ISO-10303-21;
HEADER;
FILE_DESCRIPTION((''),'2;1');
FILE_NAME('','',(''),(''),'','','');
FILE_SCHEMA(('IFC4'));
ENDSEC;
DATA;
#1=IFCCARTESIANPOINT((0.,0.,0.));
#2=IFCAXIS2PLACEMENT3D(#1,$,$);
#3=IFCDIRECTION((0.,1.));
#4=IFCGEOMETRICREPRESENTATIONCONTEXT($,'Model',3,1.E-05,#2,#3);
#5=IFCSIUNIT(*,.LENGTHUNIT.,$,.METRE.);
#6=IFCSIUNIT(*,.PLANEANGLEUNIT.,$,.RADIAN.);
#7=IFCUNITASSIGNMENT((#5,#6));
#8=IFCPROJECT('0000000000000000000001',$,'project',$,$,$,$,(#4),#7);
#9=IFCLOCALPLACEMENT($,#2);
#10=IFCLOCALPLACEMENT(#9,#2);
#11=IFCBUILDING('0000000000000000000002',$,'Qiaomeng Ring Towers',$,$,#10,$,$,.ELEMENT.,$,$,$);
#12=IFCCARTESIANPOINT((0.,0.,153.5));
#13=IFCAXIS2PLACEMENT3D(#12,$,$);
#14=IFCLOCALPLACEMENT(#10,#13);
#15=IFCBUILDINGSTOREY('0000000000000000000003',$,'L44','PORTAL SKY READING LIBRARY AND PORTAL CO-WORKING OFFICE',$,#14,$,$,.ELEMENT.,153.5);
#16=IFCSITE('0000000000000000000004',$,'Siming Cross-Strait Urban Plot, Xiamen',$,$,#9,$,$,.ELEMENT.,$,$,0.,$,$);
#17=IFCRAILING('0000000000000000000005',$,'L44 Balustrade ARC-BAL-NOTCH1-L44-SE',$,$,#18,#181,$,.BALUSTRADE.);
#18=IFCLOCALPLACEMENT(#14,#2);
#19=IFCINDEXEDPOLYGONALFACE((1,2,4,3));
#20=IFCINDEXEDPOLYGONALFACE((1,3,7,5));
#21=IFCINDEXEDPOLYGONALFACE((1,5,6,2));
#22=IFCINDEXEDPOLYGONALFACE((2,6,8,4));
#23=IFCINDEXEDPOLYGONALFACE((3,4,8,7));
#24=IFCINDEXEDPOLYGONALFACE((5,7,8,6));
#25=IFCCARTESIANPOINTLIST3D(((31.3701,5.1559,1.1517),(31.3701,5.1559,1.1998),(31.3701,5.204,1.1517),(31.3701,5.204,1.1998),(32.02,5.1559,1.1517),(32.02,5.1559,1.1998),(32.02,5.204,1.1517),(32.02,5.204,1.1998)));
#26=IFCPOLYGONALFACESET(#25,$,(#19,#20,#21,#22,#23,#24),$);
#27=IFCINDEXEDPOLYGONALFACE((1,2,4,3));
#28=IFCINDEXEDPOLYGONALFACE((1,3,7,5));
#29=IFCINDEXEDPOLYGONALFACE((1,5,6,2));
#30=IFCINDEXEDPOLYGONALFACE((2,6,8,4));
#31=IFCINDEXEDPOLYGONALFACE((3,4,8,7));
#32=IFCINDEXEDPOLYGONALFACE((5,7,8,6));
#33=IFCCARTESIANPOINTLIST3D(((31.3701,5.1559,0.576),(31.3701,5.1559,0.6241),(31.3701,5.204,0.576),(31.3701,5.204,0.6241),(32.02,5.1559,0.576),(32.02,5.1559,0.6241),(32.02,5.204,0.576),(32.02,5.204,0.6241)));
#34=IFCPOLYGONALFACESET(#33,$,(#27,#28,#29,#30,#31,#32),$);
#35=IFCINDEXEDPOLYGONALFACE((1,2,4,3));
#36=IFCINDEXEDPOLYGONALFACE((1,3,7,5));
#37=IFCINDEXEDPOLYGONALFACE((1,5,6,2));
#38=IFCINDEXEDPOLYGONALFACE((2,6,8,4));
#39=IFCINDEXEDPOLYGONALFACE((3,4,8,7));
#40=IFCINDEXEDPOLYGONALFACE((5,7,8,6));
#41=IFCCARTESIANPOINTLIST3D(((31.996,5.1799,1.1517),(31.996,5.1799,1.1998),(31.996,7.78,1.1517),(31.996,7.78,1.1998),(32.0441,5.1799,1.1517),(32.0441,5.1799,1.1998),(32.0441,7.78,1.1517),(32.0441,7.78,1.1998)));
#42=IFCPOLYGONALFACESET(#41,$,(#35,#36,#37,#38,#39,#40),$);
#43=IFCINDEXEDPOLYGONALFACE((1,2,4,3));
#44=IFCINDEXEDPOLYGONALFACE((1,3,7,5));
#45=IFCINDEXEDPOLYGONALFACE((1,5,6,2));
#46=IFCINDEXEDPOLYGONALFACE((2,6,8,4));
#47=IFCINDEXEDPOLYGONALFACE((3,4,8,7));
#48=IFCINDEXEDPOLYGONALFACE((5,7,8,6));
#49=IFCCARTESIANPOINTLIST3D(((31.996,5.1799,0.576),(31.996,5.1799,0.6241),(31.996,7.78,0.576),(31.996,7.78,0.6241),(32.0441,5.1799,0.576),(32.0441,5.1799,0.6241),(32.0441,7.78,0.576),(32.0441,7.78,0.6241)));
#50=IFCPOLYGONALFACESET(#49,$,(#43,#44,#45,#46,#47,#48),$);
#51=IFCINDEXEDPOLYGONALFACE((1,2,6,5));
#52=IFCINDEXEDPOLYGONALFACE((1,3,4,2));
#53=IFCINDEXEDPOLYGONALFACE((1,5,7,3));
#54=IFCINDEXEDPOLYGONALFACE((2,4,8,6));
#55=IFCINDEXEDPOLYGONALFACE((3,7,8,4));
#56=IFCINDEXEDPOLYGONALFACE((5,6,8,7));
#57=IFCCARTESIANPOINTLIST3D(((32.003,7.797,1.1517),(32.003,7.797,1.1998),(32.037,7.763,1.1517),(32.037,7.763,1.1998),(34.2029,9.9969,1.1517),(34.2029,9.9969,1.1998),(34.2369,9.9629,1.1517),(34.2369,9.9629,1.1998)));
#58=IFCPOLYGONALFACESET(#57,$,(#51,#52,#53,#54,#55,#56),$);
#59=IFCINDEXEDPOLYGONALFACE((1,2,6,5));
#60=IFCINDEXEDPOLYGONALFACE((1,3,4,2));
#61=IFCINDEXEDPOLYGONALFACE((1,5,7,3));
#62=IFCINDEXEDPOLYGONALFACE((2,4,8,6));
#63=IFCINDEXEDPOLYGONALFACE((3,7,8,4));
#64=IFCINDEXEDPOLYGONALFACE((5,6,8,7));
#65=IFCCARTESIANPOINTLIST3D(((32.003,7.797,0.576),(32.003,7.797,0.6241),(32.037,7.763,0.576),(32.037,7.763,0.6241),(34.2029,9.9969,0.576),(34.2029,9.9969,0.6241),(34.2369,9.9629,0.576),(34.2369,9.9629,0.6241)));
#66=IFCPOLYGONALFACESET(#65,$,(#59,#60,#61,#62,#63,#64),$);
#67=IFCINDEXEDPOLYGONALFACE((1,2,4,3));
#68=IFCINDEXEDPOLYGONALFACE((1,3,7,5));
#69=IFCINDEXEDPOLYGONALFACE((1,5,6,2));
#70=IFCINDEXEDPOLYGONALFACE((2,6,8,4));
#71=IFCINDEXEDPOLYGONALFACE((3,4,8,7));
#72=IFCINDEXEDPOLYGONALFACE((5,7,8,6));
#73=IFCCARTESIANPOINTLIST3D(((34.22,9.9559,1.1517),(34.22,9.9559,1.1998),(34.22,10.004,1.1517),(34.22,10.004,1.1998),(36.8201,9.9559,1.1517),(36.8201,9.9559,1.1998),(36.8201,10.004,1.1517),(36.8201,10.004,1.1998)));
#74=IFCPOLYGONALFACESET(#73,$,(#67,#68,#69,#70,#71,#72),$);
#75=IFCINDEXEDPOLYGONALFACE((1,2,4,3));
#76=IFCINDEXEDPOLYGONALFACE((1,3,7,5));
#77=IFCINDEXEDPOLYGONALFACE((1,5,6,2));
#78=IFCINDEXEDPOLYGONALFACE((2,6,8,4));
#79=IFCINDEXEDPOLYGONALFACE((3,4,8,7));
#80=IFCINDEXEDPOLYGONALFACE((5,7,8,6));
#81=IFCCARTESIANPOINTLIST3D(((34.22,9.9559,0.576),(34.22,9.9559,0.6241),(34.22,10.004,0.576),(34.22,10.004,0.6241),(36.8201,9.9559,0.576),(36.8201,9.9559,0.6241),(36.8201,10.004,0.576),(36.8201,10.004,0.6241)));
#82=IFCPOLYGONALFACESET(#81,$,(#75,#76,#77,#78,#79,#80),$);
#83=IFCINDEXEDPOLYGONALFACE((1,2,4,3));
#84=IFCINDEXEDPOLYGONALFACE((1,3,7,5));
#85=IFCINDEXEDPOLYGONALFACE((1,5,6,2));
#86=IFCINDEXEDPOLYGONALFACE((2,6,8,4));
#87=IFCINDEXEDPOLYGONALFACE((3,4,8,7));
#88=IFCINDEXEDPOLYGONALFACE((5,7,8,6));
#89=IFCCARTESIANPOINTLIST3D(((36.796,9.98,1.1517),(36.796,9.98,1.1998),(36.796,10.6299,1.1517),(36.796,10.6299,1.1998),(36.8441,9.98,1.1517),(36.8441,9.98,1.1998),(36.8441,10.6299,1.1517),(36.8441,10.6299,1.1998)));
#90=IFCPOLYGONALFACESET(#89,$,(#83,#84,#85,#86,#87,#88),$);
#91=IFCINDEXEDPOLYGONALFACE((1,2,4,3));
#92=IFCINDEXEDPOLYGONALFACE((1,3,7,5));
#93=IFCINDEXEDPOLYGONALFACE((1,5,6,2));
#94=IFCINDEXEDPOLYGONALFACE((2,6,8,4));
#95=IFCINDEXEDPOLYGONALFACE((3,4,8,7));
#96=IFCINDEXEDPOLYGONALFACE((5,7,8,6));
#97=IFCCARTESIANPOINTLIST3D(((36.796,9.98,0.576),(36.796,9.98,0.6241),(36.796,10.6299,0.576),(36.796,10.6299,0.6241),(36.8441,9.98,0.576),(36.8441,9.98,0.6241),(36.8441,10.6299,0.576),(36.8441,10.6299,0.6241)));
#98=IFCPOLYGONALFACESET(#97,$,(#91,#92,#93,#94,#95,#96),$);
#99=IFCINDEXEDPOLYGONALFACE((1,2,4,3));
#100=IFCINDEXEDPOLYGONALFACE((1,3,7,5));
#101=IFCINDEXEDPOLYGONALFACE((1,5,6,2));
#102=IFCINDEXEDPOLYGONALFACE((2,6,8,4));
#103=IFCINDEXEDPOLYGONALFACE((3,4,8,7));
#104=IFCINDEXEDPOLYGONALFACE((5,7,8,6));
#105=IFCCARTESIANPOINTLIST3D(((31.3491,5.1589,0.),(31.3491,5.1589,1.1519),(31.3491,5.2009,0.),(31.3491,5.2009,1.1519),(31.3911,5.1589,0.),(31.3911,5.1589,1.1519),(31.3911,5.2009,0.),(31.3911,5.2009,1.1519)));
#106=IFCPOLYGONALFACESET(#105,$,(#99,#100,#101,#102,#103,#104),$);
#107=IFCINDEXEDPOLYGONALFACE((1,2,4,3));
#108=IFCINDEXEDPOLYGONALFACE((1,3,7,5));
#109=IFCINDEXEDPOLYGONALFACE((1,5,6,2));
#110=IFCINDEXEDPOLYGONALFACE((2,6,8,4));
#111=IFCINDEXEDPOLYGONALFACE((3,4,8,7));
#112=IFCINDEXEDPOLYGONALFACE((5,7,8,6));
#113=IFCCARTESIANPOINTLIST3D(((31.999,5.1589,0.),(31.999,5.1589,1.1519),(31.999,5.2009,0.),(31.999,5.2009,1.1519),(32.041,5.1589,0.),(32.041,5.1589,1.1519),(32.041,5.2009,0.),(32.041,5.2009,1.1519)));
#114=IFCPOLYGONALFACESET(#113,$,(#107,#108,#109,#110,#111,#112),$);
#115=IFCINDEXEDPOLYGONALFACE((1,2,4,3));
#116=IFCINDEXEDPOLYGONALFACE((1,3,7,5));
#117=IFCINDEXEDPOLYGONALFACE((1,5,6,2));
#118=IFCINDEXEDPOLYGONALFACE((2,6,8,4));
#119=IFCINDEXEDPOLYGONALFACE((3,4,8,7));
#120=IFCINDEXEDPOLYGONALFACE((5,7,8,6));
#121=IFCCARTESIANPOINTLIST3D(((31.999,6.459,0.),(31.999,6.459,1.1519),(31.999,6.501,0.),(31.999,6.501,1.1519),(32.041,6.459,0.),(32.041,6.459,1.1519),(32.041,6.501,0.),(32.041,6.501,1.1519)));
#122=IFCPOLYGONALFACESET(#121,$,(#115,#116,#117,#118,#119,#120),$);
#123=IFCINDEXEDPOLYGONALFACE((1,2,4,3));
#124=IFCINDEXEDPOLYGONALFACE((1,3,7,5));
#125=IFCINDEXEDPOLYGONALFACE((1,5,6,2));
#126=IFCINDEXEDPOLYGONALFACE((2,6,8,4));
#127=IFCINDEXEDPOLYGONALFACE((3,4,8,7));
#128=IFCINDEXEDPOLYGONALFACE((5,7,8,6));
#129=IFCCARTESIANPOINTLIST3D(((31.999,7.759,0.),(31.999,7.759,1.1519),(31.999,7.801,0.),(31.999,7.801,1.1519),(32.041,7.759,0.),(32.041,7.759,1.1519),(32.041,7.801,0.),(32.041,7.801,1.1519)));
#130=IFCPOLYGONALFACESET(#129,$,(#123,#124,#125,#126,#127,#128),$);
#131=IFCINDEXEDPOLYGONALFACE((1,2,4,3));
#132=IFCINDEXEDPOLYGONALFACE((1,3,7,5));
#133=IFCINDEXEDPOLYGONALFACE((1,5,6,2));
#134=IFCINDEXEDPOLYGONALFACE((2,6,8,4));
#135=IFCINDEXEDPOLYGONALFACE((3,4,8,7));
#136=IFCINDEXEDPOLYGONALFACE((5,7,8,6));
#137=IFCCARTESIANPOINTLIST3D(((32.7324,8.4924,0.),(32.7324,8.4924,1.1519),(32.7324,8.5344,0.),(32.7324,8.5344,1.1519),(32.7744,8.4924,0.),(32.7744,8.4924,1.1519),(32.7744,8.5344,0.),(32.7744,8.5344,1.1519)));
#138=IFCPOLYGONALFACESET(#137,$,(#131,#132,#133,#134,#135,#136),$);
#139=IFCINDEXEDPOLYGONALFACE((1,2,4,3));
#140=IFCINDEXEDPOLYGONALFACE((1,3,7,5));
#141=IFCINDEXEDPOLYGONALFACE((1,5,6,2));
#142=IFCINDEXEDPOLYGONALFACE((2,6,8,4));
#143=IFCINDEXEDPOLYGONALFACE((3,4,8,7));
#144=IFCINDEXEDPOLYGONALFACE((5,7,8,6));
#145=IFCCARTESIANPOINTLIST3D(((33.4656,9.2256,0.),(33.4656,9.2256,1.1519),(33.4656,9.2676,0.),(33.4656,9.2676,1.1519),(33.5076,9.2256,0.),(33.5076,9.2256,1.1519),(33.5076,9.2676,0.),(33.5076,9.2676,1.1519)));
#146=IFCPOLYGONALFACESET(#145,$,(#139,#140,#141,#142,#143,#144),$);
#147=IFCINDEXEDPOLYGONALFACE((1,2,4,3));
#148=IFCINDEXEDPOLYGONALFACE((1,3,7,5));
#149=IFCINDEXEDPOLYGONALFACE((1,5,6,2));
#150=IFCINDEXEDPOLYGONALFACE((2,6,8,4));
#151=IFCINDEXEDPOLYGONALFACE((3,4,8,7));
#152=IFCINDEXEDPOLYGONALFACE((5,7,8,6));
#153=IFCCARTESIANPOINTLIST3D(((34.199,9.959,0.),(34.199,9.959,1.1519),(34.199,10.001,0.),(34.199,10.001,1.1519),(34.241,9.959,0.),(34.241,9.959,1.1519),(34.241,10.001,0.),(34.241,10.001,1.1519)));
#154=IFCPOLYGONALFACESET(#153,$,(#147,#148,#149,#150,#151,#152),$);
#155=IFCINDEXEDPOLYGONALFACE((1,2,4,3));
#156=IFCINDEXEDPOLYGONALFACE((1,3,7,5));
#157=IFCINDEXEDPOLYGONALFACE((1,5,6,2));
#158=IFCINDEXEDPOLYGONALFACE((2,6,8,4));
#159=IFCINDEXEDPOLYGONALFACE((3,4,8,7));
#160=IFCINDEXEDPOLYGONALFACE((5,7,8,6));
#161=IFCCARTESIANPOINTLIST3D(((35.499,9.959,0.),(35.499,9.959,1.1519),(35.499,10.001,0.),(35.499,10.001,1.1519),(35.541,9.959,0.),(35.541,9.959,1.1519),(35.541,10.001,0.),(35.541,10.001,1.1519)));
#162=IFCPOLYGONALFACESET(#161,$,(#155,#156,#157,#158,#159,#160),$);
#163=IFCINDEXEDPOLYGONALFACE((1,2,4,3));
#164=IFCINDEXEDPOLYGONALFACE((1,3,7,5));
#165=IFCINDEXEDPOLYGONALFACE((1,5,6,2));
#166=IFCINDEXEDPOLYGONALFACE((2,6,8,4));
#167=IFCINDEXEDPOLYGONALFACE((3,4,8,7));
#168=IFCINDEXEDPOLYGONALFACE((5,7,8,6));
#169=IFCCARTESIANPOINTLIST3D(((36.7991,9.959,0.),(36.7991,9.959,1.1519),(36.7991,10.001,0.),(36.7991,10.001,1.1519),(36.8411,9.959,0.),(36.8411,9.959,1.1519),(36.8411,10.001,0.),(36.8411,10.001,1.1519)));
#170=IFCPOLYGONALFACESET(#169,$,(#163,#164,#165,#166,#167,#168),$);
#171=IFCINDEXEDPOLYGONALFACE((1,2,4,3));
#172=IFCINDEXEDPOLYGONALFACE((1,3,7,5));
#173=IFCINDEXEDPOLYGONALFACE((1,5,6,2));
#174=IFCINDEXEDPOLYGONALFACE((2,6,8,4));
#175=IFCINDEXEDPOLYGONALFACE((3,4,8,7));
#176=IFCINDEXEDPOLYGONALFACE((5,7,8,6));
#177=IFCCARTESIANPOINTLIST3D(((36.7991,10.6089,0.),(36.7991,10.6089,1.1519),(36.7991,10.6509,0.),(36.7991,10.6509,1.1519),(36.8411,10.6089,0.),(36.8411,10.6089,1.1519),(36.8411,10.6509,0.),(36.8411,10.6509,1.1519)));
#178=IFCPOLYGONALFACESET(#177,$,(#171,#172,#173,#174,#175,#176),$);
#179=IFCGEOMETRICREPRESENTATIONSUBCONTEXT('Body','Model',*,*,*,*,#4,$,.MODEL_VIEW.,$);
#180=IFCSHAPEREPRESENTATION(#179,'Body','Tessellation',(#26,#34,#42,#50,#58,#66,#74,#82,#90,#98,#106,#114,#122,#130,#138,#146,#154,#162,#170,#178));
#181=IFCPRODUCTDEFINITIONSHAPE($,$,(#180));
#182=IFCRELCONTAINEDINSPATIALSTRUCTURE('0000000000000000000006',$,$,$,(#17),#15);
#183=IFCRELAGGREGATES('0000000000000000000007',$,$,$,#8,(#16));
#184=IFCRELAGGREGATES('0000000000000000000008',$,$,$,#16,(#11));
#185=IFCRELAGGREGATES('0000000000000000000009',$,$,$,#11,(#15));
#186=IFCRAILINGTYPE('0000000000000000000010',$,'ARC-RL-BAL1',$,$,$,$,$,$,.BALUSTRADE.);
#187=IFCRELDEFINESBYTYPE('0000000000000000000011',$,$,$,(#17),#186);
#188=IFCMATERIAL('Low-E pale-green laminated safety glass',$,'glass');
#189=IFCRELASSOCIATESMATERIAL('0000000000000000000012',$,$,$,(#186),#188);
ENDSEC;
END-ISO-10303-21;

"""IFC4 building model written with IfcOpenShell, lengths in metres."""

from ifc_helpers import new_model, si_unit, direction, frame, origin, origin_2d, place, context, subcontext, project, spatial, rectangle, extrude, material, type_object, element, save


model = new_model("IFC4")

# Units and contexts
model_context = context("Model", 3, precision=1e-05, world=origin(), true_north=direction((0.0, 1.0)))
body_context = subcontext(model_context, "Body", "Model", "MODEL_VIEW")
ifc_project = project(units=[si_unit("LENGTHUNIT", "METRE"), si_unit("PLANEANGLEUNIT", "RADIAN")], contexts=[model_context])

# Site, building, storey
site_placement = place(None, origin())
site = spatial("IfcSite", under=ifc_project, at=site_placement, Name="Siming Cross-Strait Urban Plot, Xiamen", CompositionType="ELEMENT", RefElevation=0.0)
building_placement = place(site_placement, origin())
building = spatial("IfcBuilding", under=site, at=building_placement, Name="Qiaomeng Ring Towers", CompositionType="ELEMENT")
storey_placement = place(building_placement, frame((0.0, 0.0, 153.5)))
storey = spatial("IfcBuildingStorey", under=building, at=storey_placement, Name="L44", Description="PORTAL SKY READING LIBRARY AND PORTAL CO-WORKING OFFICE", CompositionType="ELEMENT", Elevation=153.5)

# Railing
ifc_material_1 = material(Name="Low-E pale-green laminated safety glass", Category="glass")
railing_type = type_object("IfcRailingType", Name="ARC-RL-BAL1", PredefinedType="BALUSTRADE", material=ifc_material_1)
railing_placement = place(storey_placement, frame((31.3701, 5.1799, 0.0)))
element("IfcRailing", 1, at=railing_placement, inside=storey, type_object=railing_type, Name="L44 Balustrade ARC-BAL-NOTCH1-L44-SE", PredefinedType="BALUSTRADE", context=body_context, shape_type="SweptSolid", body=[
    extrude(rectangle(XDim=0.0481, YDim=0.0481, at=origin_2d()), frame((0.0, 0.0, 1.1758), z_axis=(1.0, 0.0, 0.0), x_axis=(0.0, 1.0, 0.0)), (0.0, 0.0, 1.0), 0.6499),
    extrude(rectangle(XDim=0.0481, YDim=0.0481, at=origin_2d()), frame((0.0, 0.0, 0.6001), z_axis=(1.0, 0.0, 0.0), x_axis=(0.0, 1.0, 0.0)), (0.0, 0.0, 1.0), 0.6499),
    extrude(rectangle(XDim=0.0481, YDim=0.0481, at=origin_2d()), frame((0.6499, 0.0, 1.1758), z_axis=(0.0, 1.0, 0.0), x_axis=(-1.0, 0.0, 0.0)), (0.0, 0.0, 1.0), 2.6001),
    extrude(rectangle(XDim=0.0481, YDim=0.0481, at=origin_2d()), frame((0.6499, 0.0, 0.6001), z_axis=(0.0, 1.0, 0.0), x_axis=(-1.0, 0.0, 0.0)), (0.0, 0.0, 1.0), 2.6001),
    extrude(rectangle(XDim=0.0481, YDim=0.0481, at=origin_2d()), frame((0.6499, 2.6001, 1.1758), z_axis=(0.707107, 0.707107, 0.0), x_axis=(-0.707107, 0.707107, 0.0)), (0.0, 0.0, 1.0), 3.1111),
    extrude(rectangle(XDim=0.0481, YDim=0.0481, at=origin_2d()), frame((0.6499, 2.6001, 0.6001), z_axis=(0.707107, 0.707107, 0.0), x_axis=(-0.707107, 0.707107, 0.0)), (0.0, 0.0, 1.0), 3.1111),
    extrude(rectangle(XDim=0.0481, YDim=0.0481, at=origin_2d()), frame((2.8499, 4.8, 1.1758), z_axis=(1.0, 0.0, 0.0), x_axis=(0.0, 1.0, 0.0)), (0.0, 0.0, 1.0), 2.6001),
    extrude(rectangle(XDim=0.0481, YDim=0.0481, at=origin_2d()), frame((2.8499, 4.8, 0.6001), z_axis=(1.0, 0.0, 0.0), x_axis=(0.0, 1.0, 0.0)), (0.0, 0.0, 1.0), 2.6001),
    extrude(rectangle(XDim=0.0481, YDim=0.0481, at=origin_2d()), frame((5.45, 4.8, 1.1758), z_axis=(0.0, 1.0, 0.0), x_axis=(-1.0, 0.0, 0.0)), (0.0, 0.0, 1.0), 0.6499),
    extrude(rectangle(XDim=0.0481, YDim=0.0481, at=origin_2d()), frame((5.45, 4.8, 0.6001), z_axis=(0.0, 1.0, 0.0), x_axis=(-1.0, 0.0, 0.0)), (0.0, 0.0, 1.0), 0.6499),
    extrude(rectangle(XDim=0.042, YDim=0.042, at=origin_2d()), origin(), (0.0, 0.0, 1.0), 1.1519),
    extrude(rectangle(XDim=0.042, YDim=0.042, at=origin_2d()), frame((0.6499, 0.0, 0.0)), (0.0, 0.0, 1.0), 1.1519),
    extrude(rectangle(XDim=0.042, YDim=0.042, at=origin_2d()), frame((0.6499, 1.3, 0.0)), (0.0, 0.0, 1.0), 1.1519),
    extrude(rectangle(XDim=0.042, YDim=0.042, at=origin_2d()), frame((0.6499, 2.6001, 0.0)), (0.0, 0.0, 1.0), 1.1519),
    extrude(rectangle(XDim=0.042, YDim=0.042, at=origin_2d()), frame((1.3833, 3.3335, 0.0)), (0.0, 0.0, 1.0), 1.1519),
    extrude(rectangle(XDim=0.042, YDim=0.042, at=origin_2d()), frame((2.1165, 4.0667, 0.0)), (0.0, 0.0, 1.0), 1.1519),
    extrude(rectangle(XDim=0.042, YDim=0.042, at=origin_2d()), frame((2.8499, 4.8, 0.0)), (0.0, 0.0, 1.0), 1.1519),
    extrude(rectangle(XDim=0.042, YDim=0.042, at=origin_2d()), frame((4.1499, 4.8, 0.0)), (0.0, 0.0, 1.0), 1.1519),
    extrude(rectangle(XDim=0.042, YDim=0.042, at=origin_2d()), frame((5.45, 4.8, 0.0)), (0.0, 0.0, 1.0), 1.1519),
    extrude(rectangle(XDim=0.042, YDim=0.042, at=origin_2d()), frame((5.45, 5.45, 0.0)), (0.0, 0.0, 1.0), 1.1519),
])

save(model, "model.ifc")
